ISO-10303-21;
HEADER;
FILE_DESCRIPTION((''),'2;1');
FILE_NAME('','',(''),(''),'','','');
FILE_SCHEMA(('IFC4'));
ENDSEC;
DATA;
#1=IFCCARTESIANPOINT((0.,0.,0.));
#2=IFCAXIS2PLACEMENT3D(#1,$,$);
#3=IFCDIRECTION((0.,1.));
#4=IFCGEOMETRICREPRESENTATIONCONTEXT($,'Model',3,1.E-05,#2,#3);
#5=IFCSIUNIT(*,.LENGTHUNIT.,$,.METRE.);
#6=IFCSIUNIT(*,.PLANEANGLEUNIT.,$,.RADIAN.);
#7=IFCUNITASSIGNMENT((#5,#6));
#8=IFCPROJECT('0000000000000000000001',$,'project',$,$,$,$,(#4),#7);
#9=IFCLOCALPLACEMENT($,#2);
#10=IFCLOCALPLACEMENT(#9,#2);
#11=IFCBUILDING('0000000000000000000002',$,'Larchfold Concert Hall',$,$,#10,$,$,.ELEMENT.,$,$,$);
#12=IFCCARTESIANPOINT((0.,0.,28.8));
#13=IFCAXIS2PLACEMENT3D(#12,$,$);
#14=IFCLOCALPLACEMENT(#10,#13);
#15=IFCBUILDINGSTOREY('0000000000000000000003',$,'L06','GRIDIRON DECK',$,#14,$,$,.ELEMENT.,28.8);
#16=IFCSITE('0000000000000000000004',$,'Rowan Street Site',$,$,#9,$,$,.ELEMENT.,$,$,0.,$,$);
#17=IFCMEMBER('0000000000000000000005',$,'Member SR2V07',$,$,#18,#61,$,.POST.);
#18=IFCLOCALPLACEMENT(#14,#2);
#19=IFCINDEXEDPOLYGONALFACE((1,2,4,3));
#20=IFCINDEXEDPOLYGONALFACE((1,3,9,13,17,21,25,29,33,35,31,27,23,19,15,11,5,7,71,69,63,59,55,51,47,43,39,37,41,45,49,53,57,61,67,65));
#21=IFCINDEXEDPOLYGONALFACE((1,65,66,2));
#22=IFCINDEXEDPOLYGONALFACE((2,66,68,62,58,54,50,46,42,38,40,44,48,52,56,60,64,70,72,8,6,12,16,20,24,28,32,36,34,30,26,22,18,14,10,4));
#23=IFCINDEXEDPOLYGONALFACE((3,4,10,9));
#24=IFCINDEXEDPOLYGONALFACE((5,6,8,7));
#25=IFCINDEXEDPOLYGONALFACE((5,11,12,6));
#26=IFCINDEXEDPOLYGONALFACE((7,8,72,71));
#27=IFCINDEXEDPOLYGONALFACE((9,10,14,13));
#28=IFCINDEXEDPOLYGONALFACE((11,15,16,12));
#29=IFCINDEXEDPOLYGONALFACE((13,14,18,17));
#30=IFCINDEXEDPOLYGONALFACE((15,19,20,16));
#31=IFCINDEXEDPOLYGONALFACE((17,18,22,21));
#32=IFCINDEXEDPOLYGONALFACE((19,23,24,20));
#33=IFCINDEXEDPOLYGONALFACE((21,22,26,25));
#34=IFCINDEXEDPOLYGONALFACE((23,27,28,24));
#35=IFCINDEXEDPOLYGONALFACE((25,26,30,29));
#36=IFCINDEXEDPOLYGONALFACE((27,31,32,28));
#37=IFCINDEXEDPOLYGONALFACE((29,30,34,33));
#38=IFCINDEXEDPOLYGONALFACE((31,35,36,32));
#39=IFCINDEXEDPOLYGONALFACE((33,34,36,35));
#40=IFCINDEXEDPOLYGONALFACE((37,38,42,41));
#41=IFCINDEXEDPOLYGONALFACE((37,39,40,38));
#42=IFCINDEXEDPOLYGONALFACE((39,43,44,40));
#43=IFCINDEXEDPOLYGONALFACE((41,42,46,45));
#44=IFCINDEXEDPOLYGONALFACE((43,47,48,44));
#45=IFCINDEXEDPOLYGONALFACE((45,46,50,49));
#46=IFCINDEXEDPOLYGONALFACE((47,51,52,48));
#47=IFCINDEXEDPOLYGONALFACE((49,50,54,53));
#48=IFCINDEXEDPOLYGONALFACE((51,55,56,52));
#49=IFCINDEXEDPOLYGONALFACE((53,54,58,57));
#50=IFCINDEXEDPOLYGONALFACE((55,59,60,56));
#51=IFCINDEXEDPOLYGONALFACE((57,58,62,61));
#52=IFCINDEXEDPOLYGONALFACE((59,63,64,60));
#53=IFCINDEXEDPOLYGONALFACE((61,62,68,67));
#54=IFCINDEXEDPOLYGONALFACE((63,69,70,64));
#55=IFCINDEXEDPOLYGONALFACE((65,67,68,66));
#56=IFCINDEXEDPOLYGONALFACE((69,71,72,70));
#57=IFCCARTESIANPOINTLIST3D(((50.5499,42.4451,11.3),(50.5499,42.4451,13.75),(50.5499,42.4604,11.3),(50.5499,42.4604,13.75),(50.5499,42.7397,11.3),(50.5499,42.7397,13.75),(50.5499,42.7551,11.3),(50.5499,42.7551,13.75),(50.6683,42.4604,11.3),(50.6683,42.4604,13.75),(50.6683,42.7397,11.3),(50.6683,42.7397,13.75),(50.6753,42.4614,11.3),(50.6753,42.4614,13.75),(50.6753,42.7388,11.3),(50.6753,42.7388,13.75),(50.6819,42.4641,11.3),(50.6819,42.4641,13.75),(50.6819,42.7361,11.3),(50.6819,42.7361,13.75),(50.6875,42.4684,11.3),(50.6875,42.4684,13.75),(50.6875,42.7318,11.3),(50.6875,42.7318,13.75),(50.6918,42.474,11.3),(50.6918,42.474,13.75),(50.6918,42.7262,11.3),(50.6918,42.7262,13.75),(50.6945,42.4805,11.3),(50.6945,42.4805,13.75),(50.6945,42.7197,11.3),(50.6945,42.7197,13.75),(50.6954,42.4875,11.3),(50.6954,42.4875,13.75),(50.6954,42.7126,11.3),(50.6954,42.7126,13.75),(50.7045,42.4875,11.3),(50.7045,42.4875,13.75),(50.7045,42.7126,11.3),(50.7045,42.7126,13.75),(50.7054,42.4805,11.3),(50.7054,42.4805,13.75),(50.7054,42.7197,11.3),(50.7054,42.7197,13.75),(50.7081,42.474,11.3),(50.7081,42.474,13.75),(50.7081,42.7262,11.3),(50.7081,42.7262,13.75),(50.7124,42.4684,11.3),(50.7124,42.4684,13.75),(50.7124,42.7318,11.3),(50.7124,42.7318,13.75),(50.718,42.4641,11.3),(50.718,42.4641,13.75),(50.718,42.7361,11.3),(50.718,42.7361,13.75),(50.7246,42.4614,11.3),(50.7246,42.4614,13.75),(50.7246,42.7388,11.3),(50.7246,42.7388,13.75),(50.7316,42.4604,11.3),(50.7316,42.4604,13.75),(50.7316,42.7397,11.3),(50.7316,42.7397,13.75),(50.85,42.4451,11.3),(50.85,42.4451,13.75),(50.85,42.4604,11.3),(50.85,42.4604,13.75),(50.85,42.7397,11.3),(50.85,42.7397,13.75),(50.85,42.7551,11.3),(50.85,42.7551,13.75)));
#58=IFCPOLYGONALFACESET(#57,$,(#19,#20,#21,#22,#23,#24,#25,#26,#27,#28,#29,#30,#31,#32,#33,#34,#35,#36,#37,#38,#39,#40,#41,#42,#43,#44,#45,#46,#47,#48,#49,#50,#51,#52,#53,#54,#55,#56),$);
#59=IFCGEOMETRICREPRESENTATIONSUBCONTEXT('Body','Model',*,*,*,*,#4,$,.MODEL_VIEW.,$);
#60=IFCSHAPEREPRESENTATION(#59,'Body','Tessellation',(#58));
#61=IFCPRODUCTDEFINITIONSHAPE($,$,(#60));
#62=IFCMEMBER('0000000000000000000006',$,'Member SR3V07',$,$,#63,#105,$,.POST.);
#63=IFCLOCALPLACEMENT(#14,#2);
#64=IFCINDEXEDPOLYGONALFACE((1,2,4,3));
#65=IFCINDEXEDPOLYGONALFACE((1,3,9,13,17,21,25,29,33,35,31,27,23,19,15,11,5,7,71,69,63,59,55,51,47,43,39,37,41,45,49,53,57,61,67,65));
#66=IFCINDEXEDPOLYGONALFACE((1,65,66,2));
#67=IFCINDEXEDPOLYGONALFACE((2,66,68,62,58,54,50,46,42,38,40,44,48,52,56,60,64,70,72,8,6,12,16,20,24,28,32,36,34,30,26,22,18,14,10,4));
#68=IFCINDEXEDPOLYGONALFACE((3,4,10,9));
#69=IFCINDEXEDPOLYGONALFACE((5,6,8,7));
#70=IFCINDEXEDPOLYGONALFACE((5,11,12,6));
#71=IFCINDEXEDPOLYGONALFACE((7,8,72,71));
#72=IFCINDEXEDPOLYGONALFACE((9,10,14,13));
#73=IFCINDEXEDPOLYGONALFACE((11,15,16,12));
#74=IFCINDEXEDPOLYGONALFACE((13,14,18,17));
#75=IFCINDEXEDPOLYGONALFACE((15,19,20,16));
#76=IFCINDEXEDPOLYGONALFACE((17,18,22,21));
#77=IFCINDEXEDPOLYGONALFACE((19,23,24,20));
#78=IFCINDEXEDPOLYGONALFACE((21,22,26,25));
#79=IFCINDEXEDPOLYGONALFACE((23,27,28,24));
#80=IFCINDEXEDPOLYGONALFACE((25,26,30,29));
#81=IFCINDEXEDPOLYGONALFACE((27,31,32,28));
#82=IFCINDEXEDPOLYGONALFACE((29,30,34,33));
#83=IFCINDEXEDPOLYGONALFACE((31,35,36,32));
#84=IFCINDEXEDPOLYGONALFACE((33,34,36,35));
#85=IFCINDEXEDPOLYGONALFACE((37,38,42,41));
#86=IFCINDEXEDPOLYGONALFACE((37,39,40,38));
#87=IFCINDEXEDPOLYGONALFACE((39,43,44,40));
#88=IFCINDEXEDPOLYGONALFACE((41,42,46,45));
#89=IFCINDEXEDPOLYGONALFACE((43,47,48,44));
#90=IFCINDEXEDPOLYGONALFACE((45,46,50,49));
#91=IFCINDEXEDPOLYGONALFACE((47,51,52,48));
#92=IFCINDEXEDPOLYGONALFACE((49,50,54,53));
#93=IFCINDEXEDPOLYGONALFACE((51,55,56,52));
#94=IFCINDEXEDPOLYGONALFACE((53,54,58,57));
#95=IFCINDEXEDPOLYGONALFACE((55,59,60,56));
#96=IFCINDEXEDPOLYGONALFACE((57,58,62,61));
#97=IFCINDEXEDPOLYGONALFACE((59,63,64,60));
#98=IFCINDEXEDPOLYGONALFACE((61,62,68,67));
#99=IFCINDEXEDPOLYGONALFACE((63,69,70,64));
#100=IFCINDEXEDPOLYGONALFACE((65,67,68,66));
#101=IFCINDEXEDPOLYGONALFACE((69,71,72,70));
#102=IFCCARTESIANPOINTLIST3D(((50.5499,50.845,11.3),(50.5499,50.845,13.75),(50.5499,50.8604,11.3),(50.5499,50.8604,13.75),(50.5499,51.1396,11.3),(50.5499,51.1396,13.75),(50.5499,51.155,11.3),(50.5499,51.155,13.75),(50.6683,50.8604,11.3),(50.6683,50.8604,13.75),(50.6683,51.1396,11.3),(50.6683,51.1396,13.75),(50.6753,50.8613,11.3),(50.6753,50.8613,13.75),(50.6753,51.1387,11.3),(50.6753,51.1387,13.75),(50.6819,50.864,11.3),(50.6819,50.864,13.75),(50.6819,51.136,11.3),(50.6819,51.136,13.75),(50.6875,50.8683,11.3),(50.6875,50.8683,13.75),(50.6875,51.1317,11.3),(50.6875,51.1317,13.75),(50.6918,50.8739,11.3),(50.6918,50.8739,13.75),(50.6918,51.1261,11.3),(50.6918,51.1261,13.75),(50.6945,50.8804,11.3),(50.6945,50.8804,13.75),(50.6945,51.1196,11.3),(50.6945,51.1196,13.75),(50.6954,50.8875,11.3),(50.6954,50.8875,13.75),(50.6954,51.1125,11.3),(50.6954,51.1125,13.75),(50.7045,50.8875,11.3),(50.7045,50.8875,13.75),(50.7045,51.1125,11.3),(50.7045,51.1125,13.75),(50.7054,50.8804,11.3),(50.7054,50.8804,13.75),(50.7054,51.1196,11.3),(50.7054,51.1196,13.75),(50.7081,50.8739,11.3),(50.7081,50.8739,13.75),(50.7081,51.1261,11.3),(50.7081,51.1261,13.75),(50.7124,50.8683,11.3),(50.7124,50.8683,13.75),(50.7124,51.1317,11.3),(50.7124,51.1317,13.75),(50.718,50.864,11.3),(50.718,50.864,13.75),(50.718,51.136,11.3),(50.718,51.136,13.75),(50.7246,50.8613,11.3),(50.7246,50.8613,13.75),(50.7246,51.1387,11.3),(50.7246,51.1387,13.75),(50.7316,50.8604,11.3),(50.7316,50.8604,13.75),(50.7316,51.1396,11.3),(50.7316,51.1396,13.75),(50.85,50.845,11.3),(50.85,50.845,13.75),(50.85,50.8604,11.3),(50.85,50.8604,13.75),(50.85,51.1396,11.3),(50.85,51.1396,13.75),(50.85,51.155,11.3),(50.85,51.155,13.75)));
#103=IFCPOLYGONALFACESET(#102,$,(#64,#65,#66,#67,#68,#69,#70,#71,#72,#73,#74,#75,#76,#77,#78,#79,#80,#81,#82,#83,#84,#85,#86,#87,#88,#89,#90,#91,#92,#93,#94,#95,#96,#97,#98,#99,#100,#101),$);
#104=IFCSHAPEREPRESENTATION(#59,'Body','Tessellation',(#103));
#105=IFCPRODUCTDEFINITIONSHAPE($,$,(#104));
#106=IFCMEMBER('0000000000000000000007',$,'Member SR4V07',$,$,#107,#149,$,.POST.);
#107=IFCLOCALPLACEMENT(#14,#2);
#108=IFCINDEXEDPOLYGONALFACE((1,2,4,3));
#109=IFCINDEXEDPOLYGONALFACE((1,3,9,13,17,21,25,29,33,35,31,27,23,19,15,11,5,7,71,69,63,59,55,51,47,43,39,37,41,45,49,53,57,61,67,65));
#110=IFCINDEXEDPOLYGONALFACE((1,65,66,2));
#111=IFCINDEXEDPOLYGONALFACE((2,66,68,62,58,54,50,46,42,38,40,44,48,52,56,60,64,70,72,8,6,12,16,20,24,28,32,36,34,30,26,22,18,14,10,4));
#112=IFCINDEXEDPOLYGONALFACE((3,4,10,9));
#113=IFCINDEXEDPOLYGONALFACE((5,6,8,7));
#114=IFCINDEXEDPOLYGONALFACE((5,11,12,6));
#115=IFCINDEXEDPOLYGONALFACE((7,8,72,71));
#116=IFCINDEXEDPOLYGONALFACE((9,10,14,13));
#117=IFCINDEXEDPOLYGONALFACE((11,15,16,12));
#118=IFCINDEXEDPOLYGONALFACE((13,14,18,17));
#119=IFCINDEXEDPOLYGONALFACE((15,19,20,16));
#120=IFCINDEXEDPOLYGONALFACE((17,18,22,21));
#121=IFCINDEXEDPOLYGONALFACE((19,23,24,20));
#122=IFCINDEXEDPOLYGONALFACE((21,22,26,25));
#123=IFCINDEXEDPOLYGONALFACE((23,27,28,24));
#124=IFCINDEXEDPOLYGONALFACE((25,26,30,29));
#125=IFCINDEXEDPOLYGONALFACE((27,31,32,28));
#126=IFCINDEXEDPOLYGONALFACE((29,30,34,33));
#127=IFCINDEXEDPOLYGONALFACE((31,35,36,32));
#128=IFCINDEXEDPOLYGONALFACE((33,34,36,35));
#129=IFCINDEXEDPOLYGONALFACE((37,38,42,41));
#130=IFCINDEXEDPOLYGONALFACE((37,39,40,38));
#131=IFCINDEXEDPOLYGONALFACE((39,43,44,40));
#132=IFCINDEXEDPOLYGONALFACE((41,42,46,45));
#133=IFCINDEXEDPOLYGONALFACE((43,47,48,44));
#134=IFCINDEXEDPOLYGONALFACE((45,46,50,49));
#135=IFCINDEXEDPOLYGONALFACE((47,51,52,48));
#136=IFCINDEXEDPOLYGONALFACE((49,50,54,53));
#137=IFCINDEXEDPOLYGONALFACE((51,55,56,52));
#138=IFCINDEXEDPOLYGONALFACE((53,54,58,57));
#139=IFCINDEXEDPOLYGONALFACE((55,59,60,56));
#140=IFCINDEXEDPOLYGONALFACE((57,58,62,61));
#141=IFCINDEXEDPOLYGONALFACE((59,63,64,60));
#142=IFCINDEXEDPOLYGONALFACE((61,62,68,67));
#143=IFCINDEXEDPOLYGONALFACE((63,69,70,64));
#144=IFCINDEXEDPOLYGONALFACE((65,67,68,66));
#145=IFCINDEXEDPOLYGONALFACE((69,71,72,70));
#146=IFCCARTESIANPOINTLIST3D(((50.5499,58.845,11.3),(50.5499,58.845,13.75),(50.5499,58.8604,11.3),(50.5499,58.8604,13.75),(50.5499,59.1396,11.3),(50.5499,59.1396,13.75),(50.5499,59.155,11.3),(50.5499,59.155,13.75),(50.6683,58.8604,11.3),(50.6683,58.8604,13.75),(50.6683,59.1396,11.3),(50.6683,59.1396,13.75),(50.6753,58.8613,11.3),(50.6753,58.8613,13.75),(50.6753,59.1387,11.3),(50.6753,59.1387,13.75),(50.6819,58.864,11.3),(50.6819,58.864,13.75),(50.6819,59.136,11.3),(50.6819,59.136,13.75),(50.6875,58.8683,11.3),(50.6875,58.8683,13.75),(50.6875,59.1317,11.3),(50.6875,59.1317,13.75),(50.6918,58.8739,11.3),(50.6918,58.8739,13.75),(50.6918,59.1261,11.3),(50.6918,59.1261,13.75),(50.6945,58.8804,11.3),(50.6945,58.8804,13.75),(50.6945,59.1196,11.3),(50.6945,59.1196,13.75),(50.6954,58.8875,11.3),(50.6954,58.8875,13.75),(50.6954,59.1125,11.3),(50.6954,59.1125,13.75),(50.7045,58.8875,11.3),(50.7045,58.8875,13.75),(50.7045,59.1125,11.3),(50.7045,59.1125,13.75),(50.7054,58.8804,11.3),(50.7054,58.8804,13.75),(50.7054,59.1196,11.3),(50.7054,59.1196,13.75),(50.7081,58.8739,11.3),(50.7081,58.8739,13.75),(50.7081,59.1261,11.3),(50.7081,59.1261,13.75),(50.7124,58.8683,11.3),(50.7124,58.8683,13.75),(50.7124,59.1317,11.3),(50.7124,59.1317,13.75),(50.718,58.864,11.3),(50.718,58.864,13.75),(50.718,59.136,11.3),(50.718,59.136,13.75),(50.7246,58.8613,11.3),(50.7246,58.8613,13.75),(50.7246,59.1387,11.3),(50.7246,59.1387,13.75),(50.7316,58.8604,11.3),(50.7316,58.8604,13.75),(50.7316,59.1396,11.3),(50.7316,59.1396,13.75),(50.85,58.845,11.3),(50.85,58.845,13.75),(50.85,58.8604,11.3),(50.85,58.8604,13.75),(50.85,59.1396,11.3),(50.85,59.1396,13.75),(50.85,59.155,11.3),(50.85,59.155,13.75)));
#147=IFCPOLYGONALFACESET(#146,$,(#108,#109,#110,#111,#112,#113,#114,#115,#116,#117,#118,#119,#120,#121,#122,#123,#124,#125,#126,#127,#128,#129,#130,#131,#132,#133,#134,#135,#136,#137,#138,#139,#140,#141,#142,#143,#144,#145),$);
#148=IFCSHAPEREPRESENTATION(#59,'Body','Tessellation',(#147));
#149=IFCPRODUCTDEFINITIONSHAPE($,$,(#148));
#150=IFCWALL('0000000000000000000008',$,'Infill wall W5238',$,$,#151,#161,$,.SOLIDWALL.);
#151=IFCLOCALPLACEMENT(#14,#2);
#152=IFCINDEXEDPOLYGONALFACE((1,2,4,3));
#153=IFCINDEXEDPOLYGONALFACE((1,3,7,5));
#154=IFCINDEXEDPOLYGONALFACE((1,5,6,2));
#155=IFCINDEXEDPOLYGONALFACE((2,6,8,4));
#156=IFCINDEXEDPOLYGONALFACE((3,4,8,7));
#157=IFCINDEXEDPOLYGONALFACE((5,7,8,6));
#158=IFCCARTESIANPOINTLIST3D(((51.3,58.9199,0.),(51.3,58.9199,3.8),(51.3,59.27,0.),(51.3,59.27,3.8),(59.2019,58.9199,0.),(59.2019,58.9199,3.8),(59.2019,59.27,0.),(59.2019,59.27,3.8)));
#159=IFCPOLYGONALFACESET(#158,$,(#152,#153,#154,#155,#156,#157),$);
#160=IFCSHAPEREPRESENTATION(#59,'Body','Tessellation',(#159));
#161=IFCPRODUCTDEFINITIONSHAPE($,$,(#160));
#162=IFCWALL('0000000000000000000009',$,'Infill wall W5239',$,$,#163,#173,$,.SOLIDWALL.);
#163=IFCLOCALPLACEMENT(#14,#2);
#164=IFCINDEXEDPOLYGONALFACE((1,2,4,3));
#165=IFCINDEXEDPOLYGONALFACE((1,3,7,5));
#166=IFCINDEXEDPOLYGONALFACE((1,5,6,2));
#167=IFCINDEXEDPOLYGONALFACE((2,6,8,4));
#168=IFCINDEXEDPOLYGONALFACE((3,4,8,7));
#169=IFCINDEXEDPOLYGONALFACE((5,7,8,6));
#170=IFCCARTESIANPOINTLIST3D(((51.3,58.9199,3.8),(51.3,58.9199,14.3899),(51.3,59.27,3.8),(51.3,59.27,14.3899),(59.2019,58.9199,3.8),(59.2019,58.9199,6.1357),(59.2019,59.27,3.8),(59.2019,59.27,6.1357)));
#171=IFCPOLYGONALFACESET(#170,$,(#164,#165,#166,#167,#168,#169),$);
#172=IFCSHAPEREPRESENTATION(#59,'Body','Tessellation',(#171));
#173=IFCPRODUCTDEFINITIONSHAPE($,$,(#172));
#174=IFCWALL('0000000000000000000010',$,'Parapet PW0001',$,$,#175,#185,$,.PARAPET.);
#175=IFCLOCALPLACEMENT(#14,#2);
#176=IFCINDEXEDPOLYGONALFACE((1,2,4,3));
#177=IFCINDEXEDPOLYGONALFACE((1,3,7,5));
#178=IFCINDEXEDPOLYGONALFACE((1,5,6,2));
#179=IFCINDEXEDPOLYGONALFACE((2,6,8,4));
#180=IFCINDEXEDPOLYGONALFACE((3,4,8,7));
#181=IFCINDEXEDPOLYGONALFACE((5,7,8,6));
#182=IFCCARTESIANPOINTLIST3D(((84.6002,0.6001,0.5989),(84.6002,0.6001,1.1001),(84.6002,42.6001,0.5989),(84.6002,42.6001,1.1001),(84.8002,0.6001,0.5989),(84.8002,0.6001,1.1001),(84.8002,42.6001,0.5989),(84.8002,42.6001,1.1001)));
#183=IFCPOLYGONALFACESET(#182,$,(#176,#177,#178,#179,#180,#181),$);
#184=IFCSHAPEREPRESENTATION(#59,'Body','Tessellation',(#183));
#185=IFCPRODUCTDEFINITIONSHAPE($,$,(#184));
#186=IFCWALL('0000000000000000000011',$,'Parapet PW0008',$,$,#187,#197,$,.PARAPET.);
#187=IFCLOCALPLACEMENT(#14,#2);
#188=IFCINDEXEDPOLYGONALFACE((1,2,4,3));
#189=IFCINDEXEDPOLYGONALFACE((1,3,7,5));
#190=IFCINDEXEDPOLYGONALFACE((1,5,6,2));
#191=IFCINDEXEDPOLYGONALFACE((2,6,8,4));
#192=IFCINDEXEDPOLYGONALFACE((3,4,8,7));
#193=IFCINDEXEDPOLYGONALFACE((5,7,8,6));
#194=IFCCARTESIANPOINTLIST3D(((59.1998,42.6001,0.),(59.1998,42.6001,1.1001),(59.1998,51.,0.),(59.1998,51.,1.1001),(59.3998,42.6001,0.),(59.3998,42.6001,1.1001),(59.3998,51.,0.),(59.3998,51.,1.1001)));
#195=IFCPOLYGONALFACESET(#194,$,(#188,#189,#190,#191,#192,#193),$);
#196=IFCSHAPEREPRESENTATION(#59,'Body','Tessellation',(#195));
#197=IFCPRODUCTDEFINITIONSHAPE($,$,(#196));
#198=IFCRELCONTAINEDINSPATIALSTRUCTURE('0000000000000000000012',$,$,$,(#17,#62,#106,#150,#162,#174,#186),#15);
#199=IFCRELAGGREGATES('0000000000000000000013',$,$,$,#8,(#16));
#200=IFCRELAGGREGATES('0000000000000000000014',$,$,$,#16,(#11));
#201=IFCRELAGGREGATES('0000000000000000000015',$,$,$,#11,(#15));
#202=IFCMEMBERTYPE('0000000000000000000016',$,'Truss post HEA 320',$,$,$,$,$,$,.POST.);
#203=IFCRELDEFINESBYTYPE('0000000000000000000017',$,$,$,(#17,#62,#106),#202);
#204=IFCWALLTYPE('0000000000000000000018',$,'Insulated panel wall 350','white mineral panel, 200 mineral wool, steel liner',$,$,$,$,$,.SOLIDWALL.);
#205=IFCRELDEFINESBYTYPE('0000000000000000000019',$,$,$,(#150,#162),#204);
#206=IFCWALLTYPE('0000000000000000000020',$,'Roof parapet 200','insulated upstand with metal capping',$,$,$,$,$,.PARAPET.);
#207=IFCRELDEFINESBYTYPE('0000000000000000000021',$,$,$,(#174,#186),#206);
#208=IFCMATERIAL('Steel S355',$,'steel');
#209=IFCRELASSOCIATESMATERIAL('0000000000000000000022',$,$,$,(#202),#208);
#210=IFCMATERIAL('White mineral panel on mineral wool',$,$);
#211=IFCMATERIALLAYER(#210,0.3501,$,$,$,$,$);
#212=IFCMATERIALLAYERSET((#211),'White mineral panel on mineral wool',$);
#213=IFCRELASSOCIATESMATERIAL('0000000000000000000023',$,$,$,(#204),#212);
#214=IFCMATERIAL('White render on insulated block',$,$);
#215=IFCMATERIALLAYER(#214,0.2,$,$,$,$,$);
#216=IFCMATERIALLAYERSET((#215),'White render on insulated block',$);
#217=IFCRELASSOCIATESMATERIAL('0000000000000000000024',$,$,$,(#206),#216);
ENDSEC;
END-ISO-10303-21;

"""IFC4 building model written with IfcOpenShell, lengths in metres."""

from ifc_helpers import new_model, si_unit, direction, frame, frame_2d, origin, origin_2d, place, context, subcontext, project, spatial, polyline, rectangle, i_section, outline, extrude, material, layer, layer_set, material_profile, profile_set, type_object, element, save


model = new_model("IFC4")

# Units and contexts
model_context = context("Model", 3, precision=1e-05, world=origin(), true_north=direction((0.0, 1.0)))
body_context = subcontext(model_context, "Body", "Model", "MODEL_VIEW")
ifc_project = project(units=[si_unit("LENGTHUNIT", "METRE"), si_unit("PLANEANGLEUNIT", "RADIAN")], contexts=[model_context])

# Site, building, storey
site_placement = place(None, origin())
site = spatial("IfcSite", under=ifc_project, at=site_placement, Name="Rowan Street Site", CompositionType="ELEMENT", RefElevation=0.0)
building_placement = place(site_placement, origin())
building = spatial("IfcBuilding", under=site, at=building_placement, Name="Larchfold Concert Hall", CompositionType="ELEMENT")
storey_placement = place(building_placement, frame((0.0, 0.0, 28.8)))
storey = spatial("IfcBuildingStorey", under=building, at=storey_placement, Name="L06", Description="GRIDIRON DECK", CompositionType="ELEMENT", Elevation=28.8)

# Members
ifc_material_1 = material(Name="Steel S355", Category="steel")
ifc_material_profile_1 = material_profile(ifc_material_1, i_section(OverallWidth=0.3, OverallDepth=0.3101, WebThickness=0.009, FlangeThickness=0.0154, FilletRadius=0.0271, at=origin_2d()))
ifc_profile_set_1 = profile_set([ifc_material_profile_1], Name="Steel S355")
member_type_1 = type_object("IfcMemberType", Name="Truss post HEA 320", PredefinedType="POST", material=ifc_profile_set_1)
for number, where, z_axis, x_axis, name in (
    (1, (50.7, 42.6001, 11.3), (0.0, 0.0, 1.0), (1.0, 0.0, 0.0), "Member SR2V07"),
    (2, (50.7, 51.0, 11.3), (0.0, 0.0, 1.0), (1.0, 0.0, 0.0), "Member SR3V07"),
    (3, (50.7, 59.0, 11.3), (0.0, 0.0, 1.0), (1.0, 0.0, 0.0), "Member SR4V07"),
):
    element("IfcMember", number, at=place(storey_placement, frame(where, z_axis=z_axis, x_axis=x_axis)), inside=storey, type_object=member_type_1, Name=name, PredefinedType="POST", context=body_context, shape_type="SweptSolid", body=[
        extrude(i_section(OverallWidth=0.3, OverallDepth=0.3101, WebThickness=0.009, FlangeThickness=0.0154, FilletRadius=0.0271, at=origin_2d()), origin(), (0.0, 0.0, 1.0), 2.45),
    ])

# Walls
ifc_material_2 = material(Name="White mineral panel on mineral wool")
ifc_layer_1 = layer(ifc_material_2, 0.3501)
ifc_layer_set_1 = layer_set([ifc_layer_1], Name="White mineral panel on mineral wool")
wall_type_1 = type_object("IfcWallType", Name="Insulated panel wall 350", Description="white mineral panel, 200 mineral wool, steel liner", PredefinedType="SOLIDWALL", material=ifc_layer_set_1)
wall_1_placement = place(storey_placement, frame((59.2019, 59.095, 0.0), z_axis=(0.0, 0.0, 1.0), x_axis=(-1.0, 0.0, 0.0)))
element("IfcWall", 4, at=wall_1_placement, inside=storey, type_object=wall_type_1, Name="Infill wall W5238", PredefinedType="SOLIDWALL", context=body_context, shape_type="SweptSolid", body=[
    extrude(rectangle(XDim=7.9019, YDim=0.3501, at=frame_2d((3.9509, 0.0))), origin(), (0.0, 0.0, 1.0), 3.8),
])
wall_2_placement = place(storey_placement, frame((59.2019, 59.095, 3.8), z_axis=(0.0, 0.0, 1.0), x_axis=(-1.0, 0.0, 0.0)))
element("IfcWall", 5, at=wall_2_placement, inside=storey, type_object=wall_type_1, Name="Infill wall W5239", PredefinedType="SOLIDWALL", context=body_context, shape_type="SweptSolid", body=[
    extrude(outline(polyline([(0.0, 0.0), (7.9019, 0.0), (7.9019, 10.5898), (0.0, 2.3357), (0.0, 0.0)])), frame((0.0, 0.175, 0.0), z_axis=(0.0, -1.0, 0.0), x_axis=(1.0, 0.0, 0.0)), (0.0, 0.0, 1.0), 0.3501),
])
ifc_material_3 = material(Name="White render on insulated block")
ifc_layer_2 = layer(ifc_material_3, 0.2)
ifc_layer_set_2 = layer_set([ifc_layer_2], Name="White render on insulated block")
wall_type_2 = type_object("IfcWallType", Name="Roof parapet 200", Description="insulated upstand with metal capping", PredefinedType="PARAPET", material=ifc_layer_set_2)
wall_3_placement = place(storey_placement, frame((84.7002, 42.6001, 0.5989), z_axis=(0.0, 0.0, 1.0), x_axis=(0.0, -1.0, 0.0)))
element("IfcWall", 6, at=wall_3_placement, inside=storey, type_object=wall_type_2, Name="Parapet PW0001", PredefinedType="PARAPET", context=body_context, shape_type="SweptSolid", body=[
    extrude(rectangle(XDim=42.0, YDim=0.2, at=frame_2d((21.0, 0.0))), origin(), (0.0, 0.0, 1.0), 0.5012),
])
wall_4_placement = place(storey_placement, frame((59.2998, 42.6001, 0.0), z_axis=(0.0, 0.0, 1.0), x_axis=(0.0, 1.0, 0.0)))
element("IfcWall", 7, at=wall_4_placement, inside=storey, type_object=wall_type_2, Name="Parapet PW0008", PredefinedType="PARAPET", context=body_context, shape_type="SweptSolid", body=[
    extrude(rectangle(XDim=8.3999, YDim=0.2, at=frame_2d((4.2, 0.0))), origin(), (0.0, 0.0, 1.0), 1.1001),
])

save(model, "model.ifc")
